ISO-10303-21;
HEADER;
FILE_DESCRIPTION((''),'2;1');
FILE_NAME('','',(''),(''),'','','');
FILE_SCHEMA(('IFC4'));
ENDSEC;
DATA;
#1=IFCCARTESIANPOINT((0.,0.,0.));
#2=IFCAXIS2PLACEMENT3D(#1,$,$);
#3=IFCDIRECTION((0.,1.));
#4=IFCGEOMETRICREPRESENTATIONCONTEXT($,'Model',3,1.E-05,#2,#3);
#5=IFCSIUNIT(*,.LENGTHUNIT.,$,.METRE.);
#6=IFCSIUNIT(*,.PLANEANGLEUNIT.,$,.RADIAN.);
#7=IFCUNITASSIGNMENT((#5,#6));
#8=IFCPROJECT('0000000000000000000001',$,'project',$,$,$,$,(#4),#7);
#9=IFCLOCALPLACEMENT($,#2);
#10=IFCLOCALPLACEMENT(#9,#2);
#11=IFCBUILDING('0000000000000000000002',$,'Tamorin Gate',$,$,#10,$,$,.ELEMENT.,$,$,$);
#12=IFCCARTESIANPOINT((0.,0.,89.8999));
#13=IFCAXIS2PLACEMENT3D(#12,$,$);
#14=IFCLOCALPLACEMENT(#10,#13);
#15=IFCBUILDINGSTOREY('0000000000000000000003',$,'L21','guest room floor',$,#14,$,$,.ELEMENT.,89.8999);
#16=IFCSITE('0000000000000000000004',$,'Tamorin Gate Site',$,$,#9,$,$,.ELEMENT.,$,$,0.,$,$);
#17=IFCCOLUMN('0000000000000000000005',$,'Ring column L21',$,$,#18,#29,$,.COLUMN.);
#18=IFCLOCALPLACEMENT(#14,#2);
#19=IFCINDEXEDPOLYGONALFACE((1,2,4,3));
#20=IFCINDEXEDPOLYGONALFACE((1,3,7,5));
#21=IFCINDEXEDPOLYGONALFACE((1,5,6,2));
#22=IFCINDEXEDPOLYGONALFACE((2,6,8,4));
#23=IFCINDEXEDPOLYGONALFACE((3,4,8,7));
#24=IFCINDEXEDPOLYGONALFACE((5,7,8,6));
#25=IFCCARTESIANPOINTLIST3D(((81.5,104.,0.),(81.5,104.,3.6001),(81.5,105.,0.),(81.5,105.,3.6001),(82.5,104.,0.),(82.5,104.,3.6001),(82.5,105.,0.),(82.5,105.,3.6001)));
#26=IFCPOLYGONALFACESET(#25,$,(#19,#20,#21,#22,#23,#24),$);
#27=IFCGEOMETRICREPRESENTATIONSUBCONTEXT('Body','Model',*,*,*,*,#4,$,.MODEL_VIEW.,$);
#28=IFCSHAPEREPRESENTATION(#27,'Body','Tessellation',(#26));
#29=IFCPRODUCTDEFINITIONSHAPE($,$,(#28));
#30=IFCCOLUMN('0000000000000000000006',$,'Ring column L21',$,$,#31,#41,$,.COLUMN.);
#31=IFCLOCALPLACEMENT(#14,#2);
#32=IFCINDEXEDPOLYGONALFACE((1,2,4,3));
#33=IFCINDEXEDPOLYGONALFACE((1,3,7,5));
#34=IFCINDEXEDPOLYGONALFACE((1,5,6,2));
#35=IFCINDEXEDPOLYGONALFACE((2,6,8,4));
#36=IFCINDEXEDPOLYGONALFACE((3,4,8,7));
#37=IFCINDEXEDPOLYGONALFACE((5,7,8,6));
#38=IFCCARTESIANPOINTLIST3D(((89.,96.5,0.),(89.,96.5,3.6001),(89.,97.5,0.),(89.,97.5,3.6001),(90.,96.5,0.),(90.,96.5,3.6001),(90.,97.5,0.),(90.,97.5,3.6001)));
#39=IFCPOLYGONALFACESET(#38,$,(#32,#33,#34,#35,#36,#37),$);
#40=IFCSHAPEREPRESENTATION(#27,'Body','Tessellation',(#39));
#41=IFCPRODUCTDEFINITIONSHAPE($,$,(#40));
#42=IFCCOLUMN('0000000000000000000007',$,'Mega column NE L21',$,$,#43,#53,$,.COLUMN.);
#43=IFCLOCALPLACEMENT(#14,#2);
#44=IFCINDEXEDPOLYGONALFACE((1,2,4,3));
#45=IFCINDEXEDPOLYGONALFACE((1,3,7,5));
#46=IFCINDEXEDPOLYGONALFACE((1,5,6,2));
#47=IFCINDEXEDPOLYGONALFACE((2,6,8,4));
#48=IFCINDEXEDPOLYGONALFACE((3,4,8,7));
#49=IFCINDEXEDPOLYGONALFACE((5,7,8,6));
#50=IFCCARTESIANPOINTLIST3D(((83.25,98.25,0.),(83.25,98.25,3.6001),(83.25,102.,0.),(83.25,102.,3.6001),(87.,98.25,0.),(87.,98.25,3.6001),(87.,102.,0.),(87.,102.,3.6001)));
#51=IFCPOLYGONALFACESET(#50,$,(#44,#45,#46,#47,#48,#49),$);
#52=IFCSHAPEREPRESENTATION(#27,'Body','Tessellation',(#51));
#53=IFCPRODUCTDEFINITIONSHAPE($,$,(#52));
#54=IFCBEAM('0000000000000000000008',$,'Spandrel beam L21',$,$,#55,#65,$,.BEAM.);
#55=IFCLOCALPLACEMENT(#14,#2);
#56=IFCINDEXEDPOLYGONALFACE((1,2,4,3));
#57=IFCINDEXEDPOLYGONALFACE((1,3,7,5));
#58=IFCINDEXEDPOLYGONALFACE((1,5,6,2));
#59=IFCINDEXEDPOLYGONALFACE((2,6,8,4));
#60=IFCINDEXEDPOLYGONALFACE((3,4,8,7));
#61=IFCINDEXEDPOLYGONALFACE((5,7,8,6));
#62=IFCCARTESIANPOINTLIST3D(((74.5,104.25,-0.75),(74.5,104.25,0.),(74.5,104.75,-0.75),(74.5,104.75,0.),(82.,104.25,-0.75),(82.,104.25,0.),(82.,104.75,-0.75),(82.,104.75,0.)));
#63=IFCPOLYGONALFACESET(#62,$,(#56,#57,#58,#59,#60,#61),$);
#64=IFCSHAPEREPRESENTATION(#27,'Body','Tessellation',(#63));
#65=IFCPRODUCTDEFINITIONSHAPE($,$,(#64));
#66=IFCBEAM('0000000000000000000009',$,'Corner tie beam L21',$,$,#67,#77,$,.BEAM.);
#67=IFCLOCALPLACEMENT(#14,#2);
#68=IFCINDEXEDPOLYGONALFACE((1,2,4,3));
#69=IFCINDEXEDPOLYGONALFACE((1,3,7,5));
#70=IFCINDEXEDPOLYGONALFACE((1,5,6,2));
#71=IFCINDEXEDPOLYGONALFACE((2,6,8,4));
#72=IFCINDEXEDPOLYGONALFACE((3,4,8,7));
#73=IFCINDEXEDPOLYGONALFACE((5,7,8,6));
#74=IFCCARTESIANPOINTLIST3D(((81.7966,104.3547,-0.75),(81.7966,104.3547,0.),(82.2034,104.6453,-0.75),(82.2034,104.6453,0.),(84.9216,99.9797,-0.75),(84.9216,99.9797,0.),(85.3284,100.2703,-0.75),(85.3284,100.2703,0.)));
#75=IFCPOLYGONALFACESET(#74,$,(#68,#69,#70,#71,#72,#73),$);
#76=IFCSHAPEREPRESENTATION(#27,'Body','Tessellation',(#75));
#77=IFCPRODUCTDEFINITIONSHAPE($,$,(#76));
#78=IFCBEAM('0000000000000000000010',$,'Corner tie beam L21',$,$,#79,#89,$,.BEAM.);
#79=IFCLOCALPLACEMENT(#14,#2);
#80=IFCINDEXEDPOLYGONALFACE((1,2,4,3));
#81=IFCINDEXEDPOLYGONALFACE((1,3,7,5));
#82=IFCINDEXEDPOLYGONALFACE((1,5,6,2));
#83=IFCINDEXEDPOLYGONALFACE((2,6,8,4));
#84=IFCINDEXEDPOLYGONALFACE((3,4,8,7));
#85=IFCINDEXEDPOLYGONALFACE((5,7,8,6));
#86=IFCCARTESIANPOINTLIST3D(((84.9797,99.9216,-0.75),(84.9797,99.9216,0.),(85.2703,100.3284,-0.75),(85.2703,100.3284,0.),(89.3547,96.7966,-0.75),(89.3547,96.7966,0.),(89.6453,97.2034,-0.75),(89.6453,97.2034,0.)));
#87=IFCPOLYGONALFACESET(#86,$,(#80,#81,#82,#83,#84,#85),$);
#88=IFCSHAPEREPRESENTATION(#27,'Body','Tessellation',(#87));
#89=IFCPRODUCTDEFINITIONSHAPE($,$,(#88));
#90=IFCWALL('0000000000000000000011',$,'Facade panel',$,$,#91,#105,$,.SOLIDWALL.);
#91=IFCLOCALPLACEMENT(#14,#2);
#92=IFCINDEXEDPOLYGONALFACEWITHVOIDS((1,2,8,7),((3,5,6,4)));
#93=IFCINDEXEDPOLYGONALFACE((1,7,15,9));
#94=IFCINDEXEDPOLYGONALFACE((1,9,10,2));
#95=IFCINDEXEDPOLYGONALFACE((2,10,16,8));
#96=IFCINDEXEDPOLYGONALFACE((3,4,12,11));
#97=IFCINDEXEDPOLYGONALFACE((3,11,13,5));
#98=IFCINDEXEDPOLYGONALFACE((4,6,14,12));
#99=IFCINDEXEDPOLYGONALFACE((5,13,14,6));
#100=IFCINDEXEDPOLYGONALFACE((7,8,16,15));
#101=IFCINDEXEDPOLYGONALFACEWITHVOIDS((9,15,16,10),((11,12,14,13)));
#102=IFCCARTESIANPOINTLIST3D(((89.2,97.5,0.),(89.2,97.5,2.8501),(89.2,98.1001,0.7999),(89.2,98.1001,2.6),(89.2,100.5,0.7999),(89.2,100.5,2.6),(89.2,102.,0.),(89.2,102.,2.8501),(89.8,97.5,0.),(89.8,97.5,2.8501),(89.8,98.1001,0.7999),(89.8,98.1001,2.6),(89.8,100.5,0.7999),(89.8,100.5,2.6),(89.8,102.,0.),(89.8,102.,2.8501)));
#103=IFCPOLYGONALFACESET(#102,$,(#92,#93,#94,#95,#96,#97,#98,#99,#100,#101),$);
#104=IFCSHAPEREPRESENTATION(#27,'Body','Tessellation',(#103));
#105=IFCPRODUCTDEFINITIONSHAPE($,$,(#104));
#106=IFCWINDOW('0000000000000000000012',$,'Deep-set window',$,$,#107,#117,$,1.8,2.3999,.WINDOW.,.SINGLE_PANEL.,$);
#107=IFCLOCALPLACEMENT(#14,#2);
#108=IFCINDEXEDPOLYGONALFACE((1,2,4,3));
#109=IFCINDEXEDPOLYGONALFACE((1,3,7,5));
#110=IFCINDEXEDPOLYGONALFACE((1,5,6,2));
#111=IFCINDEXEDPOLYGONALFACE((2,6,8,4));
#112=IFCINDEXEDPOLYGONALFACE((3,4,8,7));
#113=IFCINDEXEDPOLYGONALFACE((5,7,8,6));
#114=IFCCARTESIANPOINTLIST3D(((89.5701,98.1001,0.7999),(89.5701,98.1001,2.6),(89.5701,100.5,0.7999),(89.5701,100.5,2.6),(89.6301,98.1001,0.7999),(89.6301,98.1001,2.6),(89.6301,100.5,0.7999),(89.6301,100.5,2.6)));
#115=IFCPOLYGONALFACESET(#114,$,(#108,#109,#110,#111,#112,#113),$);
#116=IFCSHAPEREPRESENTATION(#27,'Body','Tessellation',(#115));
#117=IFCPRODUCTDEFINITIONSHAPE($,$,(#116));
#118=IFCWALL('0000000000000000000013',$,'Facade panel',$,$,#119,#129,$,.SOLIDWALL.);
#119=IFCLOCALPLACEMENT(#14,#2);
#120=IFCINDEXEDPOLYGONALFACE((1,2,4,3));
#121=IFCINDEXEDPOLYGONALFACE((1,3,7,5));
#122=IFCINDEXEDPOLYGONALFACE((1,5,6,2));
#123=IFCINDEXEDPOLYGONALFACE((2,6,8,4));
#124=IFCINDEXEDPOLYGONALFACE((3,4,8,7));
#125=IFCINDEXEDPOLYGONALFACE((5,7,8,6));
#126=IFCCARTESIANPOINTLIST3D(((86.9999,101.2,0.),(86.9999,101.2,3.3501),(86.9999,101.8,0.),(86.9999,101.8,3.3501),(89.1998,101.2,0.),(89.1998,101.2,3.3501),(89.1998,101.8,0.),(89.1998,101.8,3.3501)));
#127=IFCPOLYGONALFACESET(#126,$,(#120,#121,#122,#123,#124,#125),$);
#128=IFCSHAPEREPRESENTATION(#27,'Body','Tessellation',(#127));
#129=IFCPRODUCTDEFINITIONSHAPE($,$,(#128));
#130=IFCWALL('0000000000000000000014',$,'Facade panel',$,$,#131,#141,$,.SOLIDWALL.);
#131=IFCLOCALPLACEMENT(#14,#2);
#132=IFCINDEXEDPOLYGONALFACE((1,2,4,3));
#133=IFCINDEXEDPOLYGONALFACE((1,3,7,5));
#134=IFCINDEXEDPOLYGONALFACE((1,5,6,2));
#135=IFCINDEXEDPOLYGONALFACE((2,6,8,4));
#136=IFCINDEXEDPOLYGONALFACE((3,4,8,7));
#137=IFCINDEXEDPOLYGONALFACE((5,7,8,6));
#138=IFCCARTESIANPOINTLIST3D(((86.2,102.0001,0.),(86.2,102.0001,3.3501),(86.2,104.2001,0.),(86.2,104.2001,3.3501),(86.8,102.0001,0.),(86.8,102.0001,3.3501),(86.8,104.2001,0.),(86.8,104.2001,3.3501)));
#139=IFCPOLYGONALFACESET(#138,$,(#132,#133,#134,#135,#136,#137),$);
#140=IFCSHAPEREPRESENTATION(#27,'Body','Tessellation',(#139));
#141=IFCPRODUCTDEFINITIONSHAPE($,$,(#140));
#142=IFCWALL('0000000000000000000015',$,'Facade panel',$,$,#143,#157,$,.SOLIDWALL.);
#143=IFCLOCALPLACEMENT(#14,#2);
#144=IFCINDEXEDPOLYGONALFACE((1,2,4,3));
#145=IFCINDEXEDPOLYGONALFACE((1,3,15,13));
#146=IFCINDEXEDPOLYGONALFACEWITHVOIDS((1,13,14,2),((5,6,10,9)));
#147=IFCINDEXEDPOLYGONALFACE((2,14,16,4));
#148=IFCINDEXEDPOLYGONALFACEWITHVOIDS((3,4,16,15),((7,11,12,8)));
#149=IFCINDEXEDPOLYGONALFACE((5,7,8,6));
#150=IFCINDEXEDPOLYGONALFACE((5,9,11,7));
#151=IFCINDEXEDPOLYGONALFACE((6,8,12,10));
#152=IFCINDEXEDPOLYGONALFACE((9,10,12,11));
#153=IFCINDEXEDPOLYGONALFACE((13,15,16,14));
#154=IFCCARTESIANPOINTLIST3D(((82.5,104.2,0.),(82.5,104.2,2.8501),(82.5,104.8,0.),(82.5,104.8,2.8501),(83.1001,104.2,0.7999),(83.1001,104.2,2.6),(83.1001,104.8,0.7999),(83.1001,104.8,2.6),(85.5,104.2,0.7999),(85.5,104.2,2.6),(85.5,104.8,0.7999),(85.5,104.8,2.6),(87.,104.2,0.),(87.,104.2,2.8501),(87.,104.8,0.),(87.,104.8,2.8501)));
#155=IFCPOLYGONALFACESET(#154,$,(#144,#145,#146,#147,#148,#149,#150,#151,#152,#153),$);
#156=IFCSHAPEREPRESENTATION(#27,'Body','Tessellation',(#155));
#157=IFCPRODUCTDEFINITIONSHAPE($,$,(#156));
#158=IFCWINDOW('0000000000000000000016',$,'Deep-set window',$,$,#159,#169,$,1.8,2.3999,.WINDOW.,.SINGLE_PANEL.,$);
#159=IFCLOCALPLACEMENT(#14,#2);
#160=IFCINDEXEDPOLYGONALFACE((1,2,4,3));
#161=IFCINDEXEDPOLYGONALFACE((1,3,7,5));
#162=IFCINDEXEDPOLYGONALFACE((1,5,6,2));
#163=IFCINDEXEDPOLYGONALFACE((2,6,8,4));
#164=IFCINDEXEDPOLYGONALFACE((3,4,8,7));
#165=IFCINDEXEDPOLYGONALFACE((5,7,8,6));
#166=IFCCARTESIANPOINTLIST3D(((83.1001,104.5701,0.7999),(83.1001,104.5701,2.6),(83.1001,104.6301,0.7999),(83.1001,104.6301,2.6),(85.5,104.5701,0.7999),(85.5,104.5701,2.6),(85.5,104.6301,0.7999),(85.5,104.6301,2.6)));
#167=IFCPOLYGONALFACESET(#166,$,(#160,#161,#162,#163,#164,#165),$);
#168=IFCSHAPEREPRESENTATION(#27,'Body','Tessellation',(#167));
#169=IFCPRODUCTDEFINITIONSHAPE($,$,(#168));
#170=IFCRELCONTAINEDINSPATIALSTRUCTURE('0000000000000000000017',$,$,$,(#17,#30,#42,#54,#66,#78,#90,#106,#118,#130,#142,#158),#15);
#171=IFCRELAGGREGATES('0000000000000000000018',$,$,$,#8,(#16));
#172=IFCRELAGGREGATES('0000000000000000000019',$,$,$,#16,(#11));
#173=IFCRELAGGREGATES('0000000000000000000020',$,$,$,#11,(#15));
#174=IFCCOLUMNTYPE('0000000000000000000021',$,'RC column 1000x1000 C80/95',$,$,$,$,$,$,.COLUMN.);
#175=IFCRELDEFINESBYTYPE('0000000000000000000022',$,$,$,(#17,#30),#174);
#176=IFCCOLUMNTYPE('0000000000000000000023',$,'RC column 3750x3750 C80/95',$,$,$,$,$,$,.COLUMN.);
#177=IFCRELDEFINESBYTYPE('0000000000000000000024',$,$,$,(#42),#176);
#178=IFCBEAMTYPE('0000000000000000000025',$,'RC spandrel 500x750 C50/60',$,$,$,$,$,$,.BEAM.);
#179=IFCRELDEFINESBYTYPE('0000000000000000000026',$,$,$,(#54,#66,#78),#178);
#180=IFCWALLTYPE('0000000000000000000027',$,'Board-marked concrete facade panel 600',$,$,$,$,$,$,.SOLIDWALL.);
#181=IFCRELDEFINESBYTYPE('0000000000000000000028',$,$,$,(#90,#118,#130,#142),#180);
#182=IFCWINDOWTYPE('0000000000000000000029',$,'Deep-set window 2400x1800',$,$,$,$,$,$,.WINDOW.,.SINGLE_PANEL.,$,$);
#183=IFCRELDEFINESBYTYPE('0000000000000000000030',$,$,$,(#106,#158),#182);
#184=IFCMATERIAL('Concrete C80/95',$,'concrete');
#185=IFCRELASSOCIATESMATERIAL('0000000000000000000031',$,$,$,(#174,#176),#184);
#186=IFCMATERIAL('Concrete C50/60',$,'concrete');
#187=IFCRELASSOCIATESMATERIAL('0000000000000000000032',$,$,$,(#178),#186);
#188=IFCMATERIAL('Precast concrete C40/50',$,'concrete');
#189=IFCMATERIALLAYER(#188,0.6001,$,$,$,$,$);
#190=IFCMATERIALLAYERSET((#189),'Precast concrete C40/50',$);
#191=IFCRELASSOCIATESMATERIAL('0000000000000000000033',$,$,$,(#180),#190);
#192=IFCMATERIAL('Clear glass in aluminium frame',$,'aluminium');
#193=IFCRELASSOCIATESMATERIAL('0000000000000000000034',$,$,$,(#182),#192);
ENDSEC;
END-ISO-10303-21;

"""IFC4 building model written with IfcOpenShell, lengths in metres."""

from ifc_helpers import new_model, si_unit, direction, frame, frame_2d, origin, origin_2d, place, context, subcontext, project, spatial, rectangle, extrude, material, layer, layer_set, material_profile, profile_set, type_object, element, fill, save


model = new_model("IFC4")

# Units and contexts
model_context = context("Model", 3, precision=1e-05, world=origin(), true_north=direction((0.0, 1.0)))
body_context = subcontext(model_context, "Body", "Model", "MODEL_VIEW")
ifc_project = project(units=[si_unit("LENGTHUNIT", "METRE"), si_unit("PLANEANGLEUNIT", "RADIAN")], contexts=[model_context])

# Site, building, storey
site_placement = place(None, origin())
site = spatial("IfcSite", under=ifc_project, at=site_placement, Name="Tamorin Gate Site", CompositionType="ELEMENT", RefElevation=0.0)
building_placement = place(site_placement, origin())
building = spatial("IfcBuilding", under=site, at=building_placement, Name="Tamorin Gate", CompositionType="ELEMENT")
storey_placement = place(building_placement, frame((0.0, 0.0, 89.8999)))
storey = spatial("IfcBuildingStorey", under=building, at=storey_placement, Name="L21", Description="guest room floor", CompositionType="ELEMENT", Elevation=89.8999)

# Columns
ifc_material_1 = material(Name="Concrete C80/95", Category="concrete")
ifc_material_profile_1 = material_profile(ifc_material_1, rectangle(XDim=1.0, YDim=1.0, at=origin_2d()), Name="RC 1000x1000")
ifc_profile_set_1 = profile_set([ifc_material_profile_1], Name="Concrete C80/95")
column_type_1 = type_object("IfcColumnType", Name="RC column 1000x1000 C80/95", PredefinedType="COLUMN", material=ifc_profile_set_1)
for number, where, z_axis, x_axis, name in (
    (1, (82.0, 104.5, 0.0), (0.0, 0.0, 1.0), (1.0, 0.0, 0.0), "Ring column L21"),
    (2, (89.5, 97.0, 0.0), (0.0, 0.0, 1.0), (1.0, 0.0, 0.0), "Ring column L21"),
):
    element("IfcColumn", number, at=place(storey_placement, frame(where, z_axis=z_axis, x_axis=x_axis)), inside=storey, type_object=column_type_1, Name=name, PredefinedType="COLUMN", context=body_context, shape_type="SweptSolid", body=[
        extrude(rectangle(XDim=1.0, YDim=1.0, at=origin_2d()), origin(), (0.0, 0.0, 1.0), 3.6001),
    ])
ifc_material_profile_2 = material_profile(ifc_material_1, rectangle(XDim=3.75, YDim=3.75, at=origin_2d()), Name="RC 3750x3750")
ifc_profile_set_2 = profile_set([ifc_material_profile_2], Name="Concrete C80/95")
column_type_2 = type_object("IfcColumnType", Name="RC column 3750x3750 C80/95", PredefinedType="COLUMN", material=ifc_profile_set_2)
column_placement = place(storey_placement, frame((85.125, 100.125, 0.0), z_axis=(0.0, 0.0, 1.0), x_axis=(1.0, 0.0, 0.0)))
element("IfcColumn", 3, at=column_placement, inside=storey, type_object=column_type_2, Name="Mega column NE L21", PredefinedType="COLUMN", context=body_context, shape_type="SweptSolid", body=[
    extrude(rectangle(XDim=3.75, YDim=3.75, at=origin_2d()), origin(), (0.0, 0.0, 1.0), 3.6001),
])

# Beams
ifc_material_2 = material(Name="Concrete C50/60", Category="concrete")
ifc_material_profile_3 = material_profile(ifc_material_2, rectangle(XDim=0.5, YDim=0.75, at=origin_2d()), Name="RC 500x750")
ifc_profile_set_3 = profile_set([ifc_material_profile_3], Name="Concrete C50/60")
beam_type = type_object("IfcBeamType", Name="RC spandrel 500x750 C50/60", PredefinedType="BEAM", material=ifc_profile_set_3)
beam_placement = place(storey_placement, frame((82.0, 104.5, -0.375), z_axis=(-1.0, 0.0, 0.0), x_axis=(0.0, -1.0, 0.0)))
element("IfcBeam", 4, at=beam_placement, inside=storey, type_object=beam_type, Name="Spandrel beam L21", PredefinedType="BEAM", context=body_context, shape_type="SweptSolid", body=[
    extrude(rectangle(XDim=0.5, YDim=0.75, at=origin_2d()), origin(), (0.0, 0.0, 1.0), 7.5),
])
for number, where, z_axis, x_axis, name in (
    (5, (85.125, 100.125, -0.375), (-0.581238, 0.813733, 0.0), (-0.813733, -0.581238, 0.0), "Corner tie beam L21"),
    (6, (85.125, 100.125, -0.375), (0.813733, -0.581238, 0.0), (0.581238, 0.813733, 0.0), "Corner tie beam L21"),
):
    element("IfcBeam", number, at=place(storey_placement, frame(where, z_axis=z_axis, x_axis=x_axis)), inside=storey, type_object=beam_type, Name=name, PredefinedType="BEAM", context=body_context, shape_type="SweptSolid", body=[
        extrude(rectangle(XDim=0.5, YDim=0.75, at=origin_2d()), origin(), (0.0, 0.0, 1.0), 5.3765),
    ])

# Wall, opening, window
ifc_material_3 = material(Name="Precast concrete C40/50", Category="concrete")
ifc_layer_1 = layer(ifc_material_3, 0.6001)
ifc_layer_set_1 = layer_set([ifc_layer_1], Name="Precast concrete C40/50")
wall_type_1 = type_object("IfcWallType", Name="Board-marked concrete facade panel 600", PredefinedType="SOLIDWALL", material=ifc_layer_set_1)
wall_1_placement = place(storey_placement, frame((89.5, 97.5, 0.0), z_axis=(0.0, 0.0, 1.0), x_axis=(0.0, 1.0, 0.0)))
wall_1 = element("IfcWall", 7, at=wall_1_placement, inside=storey, type_object=wall_type_1, Name="Facade panel", PredefinedType="SOLIDWALL", context=body_context, shape_type="SweptSolid", body=[
    extrude(rectangle(XDim=4.5, YDim=0.6001, at=frame_2d((2.25, 0.0))), origin(), (0.0, 0.0, 1.0), 2.8501),
])
opening_1_placement = place(wall_1_placement, frame((0.6001, 0.0, 0.8)))
opening_1 = element("IfcOpeningElement", 8, at=opening_1_placement, cuts=wall_1, PredefinedType="OPENING", context=body_context, shape_type="SweptSolid", body=[
    extrude(rectangle(XDim=2.3999, YDim=1.8, at=frame_2d((1.2, 0.8999))), frame((0.0, 0.3101, 0.0), z_axis=(0.0, -1.0, 0.0), x_axis=(1.0, 0.0, 0.0)), (0.0, 0.0, 1.0), 0.6201),
])
ifc_material_4 = material(Name="Clear glass in aluminium frame", Category="aluminium")
window_type = type_object("IfcWindowType", Name="Deep-set window 2400x1800", PartitioningType="SINGLE_PANEL", PredefinedType="WINDOW", material=ifc_material_4)
window_1_placement = place(opening_1_placement, origin())
window_1 = element("IfcWindow", 9, at=window_1_placement, inside=storey, type_object=window_type, Name="Deep-set window", OverallHeight=1.8, OverallWidth=2.3999, PartitioningType="SINGLE_PANEL", PredefinedType="WINDOW", context=body_context, shape_type="SweptSolid", body=[
    extrude(rectangle(XDim=2.3999, YDim=1.8, at=frame_2d((1.2, 0.8999))), frame((0.0, -0.0701, 0.0), z_axis=(0.0, -1.0, 0.0), x_axis=(1.0, 0.0, 0.0)), (0.0, 0.0, 1.0), 0.0601),
])
fill(opening_1, window_1)

# Walls
for number, where, z_axis, x_axis, name in (
    (10, (89.2, 101.5, 0.0), (0.0, 0.0, 1.0), (-1.0, 0.0, 0.0), "Facade panel"),
    (11, (86.5, 102.0, 0.0), (0.0, 0.0, 1.0), (0.0, 1.0, 0.0), "Facade panel"),
):
    element("IfcWall", number, at=place(storey_placement, frame(where, z_axis=z_axis, x_axis=x_axis)), inside=storey, type_object=wall_type_1, Name=name, PredefinedType="SOLIDWALL", context=body_context, shape_type="SweptSolid", body=[
        extrude(rectangle(XDim=2.2, YDim=0.6001, at=frame_2d((1.1001, 0.0))), origin(), (0.0, 0.0, 1.0), 3.3501),
    ])

# Wall, opening, window
wall_2_placement = place(storey_placement, frame((87.0, 104.5, 0.0), z_axis=(0.0, 0.0, 1.0), x_axis=(-1.0, 0.0, 0.0)))
wall_2 = element("IfcWall", 12, at=wall_2_placement, inside=storey, type_object=wall_type_1, Name="Facade panel", PredefinedType="SOLIDWALL", context=body_context, shape_type="SweptSolid", body=[
    extrude(rectangle(XDim=4.5, YDim=0.6001, at=frame_2d((2.25, 0.0))), origin(), (0.0, 0.0, 1.0), 2.8501),
])
opening_2_placement = place(wall_2_placement, frame((1.5, 0.0, 0.8)))
opening_2 = element("IfcOpeningElement", 13, at=opening_2_placement, cuts=wall_2, PredefinedType="OPENING", context=body_context, shape_type="SweptSolid", body=[
    extrude(rectangle(XDim=2.3999, YDim=1.8, at=frame_2d((1.2, 0.8999))), frame((0.0, 0.3101, 0.0), z_axis=(0.0, -1.0, 0.0), x_axis=(1.0, 0.0, 0.0)), (0.0, 0.0, 1.0), 0.6201),
])
window_2_placement = place(opening_2_placement, origin())
window_2 = element("IfcWindow", 14, at=window_2_placement, inside=storey, type_object=window_type, Name="Deep-set window", OverallHeight=1.8, OverallWidth=2.3999, PartitioningType="SINGLE_PANEL", PredefinedType="WINDOW", context=body_context, shape_type="SweptSolid", body=[
    extrude(rectangle(XDim=2.3999, YDim=1.8, at=frame_2d((1.2, 0.8999))), frame((0.0, -0.0701, 0.0), z_axis=(0.0, -1.0, 0.0), x_axis=(1.0, 0.0, 0.0)), (0.0, 0.0, 1.0), 0.0601),
])
fill(opening_2, window_2)

save(model, "model.ifc")
